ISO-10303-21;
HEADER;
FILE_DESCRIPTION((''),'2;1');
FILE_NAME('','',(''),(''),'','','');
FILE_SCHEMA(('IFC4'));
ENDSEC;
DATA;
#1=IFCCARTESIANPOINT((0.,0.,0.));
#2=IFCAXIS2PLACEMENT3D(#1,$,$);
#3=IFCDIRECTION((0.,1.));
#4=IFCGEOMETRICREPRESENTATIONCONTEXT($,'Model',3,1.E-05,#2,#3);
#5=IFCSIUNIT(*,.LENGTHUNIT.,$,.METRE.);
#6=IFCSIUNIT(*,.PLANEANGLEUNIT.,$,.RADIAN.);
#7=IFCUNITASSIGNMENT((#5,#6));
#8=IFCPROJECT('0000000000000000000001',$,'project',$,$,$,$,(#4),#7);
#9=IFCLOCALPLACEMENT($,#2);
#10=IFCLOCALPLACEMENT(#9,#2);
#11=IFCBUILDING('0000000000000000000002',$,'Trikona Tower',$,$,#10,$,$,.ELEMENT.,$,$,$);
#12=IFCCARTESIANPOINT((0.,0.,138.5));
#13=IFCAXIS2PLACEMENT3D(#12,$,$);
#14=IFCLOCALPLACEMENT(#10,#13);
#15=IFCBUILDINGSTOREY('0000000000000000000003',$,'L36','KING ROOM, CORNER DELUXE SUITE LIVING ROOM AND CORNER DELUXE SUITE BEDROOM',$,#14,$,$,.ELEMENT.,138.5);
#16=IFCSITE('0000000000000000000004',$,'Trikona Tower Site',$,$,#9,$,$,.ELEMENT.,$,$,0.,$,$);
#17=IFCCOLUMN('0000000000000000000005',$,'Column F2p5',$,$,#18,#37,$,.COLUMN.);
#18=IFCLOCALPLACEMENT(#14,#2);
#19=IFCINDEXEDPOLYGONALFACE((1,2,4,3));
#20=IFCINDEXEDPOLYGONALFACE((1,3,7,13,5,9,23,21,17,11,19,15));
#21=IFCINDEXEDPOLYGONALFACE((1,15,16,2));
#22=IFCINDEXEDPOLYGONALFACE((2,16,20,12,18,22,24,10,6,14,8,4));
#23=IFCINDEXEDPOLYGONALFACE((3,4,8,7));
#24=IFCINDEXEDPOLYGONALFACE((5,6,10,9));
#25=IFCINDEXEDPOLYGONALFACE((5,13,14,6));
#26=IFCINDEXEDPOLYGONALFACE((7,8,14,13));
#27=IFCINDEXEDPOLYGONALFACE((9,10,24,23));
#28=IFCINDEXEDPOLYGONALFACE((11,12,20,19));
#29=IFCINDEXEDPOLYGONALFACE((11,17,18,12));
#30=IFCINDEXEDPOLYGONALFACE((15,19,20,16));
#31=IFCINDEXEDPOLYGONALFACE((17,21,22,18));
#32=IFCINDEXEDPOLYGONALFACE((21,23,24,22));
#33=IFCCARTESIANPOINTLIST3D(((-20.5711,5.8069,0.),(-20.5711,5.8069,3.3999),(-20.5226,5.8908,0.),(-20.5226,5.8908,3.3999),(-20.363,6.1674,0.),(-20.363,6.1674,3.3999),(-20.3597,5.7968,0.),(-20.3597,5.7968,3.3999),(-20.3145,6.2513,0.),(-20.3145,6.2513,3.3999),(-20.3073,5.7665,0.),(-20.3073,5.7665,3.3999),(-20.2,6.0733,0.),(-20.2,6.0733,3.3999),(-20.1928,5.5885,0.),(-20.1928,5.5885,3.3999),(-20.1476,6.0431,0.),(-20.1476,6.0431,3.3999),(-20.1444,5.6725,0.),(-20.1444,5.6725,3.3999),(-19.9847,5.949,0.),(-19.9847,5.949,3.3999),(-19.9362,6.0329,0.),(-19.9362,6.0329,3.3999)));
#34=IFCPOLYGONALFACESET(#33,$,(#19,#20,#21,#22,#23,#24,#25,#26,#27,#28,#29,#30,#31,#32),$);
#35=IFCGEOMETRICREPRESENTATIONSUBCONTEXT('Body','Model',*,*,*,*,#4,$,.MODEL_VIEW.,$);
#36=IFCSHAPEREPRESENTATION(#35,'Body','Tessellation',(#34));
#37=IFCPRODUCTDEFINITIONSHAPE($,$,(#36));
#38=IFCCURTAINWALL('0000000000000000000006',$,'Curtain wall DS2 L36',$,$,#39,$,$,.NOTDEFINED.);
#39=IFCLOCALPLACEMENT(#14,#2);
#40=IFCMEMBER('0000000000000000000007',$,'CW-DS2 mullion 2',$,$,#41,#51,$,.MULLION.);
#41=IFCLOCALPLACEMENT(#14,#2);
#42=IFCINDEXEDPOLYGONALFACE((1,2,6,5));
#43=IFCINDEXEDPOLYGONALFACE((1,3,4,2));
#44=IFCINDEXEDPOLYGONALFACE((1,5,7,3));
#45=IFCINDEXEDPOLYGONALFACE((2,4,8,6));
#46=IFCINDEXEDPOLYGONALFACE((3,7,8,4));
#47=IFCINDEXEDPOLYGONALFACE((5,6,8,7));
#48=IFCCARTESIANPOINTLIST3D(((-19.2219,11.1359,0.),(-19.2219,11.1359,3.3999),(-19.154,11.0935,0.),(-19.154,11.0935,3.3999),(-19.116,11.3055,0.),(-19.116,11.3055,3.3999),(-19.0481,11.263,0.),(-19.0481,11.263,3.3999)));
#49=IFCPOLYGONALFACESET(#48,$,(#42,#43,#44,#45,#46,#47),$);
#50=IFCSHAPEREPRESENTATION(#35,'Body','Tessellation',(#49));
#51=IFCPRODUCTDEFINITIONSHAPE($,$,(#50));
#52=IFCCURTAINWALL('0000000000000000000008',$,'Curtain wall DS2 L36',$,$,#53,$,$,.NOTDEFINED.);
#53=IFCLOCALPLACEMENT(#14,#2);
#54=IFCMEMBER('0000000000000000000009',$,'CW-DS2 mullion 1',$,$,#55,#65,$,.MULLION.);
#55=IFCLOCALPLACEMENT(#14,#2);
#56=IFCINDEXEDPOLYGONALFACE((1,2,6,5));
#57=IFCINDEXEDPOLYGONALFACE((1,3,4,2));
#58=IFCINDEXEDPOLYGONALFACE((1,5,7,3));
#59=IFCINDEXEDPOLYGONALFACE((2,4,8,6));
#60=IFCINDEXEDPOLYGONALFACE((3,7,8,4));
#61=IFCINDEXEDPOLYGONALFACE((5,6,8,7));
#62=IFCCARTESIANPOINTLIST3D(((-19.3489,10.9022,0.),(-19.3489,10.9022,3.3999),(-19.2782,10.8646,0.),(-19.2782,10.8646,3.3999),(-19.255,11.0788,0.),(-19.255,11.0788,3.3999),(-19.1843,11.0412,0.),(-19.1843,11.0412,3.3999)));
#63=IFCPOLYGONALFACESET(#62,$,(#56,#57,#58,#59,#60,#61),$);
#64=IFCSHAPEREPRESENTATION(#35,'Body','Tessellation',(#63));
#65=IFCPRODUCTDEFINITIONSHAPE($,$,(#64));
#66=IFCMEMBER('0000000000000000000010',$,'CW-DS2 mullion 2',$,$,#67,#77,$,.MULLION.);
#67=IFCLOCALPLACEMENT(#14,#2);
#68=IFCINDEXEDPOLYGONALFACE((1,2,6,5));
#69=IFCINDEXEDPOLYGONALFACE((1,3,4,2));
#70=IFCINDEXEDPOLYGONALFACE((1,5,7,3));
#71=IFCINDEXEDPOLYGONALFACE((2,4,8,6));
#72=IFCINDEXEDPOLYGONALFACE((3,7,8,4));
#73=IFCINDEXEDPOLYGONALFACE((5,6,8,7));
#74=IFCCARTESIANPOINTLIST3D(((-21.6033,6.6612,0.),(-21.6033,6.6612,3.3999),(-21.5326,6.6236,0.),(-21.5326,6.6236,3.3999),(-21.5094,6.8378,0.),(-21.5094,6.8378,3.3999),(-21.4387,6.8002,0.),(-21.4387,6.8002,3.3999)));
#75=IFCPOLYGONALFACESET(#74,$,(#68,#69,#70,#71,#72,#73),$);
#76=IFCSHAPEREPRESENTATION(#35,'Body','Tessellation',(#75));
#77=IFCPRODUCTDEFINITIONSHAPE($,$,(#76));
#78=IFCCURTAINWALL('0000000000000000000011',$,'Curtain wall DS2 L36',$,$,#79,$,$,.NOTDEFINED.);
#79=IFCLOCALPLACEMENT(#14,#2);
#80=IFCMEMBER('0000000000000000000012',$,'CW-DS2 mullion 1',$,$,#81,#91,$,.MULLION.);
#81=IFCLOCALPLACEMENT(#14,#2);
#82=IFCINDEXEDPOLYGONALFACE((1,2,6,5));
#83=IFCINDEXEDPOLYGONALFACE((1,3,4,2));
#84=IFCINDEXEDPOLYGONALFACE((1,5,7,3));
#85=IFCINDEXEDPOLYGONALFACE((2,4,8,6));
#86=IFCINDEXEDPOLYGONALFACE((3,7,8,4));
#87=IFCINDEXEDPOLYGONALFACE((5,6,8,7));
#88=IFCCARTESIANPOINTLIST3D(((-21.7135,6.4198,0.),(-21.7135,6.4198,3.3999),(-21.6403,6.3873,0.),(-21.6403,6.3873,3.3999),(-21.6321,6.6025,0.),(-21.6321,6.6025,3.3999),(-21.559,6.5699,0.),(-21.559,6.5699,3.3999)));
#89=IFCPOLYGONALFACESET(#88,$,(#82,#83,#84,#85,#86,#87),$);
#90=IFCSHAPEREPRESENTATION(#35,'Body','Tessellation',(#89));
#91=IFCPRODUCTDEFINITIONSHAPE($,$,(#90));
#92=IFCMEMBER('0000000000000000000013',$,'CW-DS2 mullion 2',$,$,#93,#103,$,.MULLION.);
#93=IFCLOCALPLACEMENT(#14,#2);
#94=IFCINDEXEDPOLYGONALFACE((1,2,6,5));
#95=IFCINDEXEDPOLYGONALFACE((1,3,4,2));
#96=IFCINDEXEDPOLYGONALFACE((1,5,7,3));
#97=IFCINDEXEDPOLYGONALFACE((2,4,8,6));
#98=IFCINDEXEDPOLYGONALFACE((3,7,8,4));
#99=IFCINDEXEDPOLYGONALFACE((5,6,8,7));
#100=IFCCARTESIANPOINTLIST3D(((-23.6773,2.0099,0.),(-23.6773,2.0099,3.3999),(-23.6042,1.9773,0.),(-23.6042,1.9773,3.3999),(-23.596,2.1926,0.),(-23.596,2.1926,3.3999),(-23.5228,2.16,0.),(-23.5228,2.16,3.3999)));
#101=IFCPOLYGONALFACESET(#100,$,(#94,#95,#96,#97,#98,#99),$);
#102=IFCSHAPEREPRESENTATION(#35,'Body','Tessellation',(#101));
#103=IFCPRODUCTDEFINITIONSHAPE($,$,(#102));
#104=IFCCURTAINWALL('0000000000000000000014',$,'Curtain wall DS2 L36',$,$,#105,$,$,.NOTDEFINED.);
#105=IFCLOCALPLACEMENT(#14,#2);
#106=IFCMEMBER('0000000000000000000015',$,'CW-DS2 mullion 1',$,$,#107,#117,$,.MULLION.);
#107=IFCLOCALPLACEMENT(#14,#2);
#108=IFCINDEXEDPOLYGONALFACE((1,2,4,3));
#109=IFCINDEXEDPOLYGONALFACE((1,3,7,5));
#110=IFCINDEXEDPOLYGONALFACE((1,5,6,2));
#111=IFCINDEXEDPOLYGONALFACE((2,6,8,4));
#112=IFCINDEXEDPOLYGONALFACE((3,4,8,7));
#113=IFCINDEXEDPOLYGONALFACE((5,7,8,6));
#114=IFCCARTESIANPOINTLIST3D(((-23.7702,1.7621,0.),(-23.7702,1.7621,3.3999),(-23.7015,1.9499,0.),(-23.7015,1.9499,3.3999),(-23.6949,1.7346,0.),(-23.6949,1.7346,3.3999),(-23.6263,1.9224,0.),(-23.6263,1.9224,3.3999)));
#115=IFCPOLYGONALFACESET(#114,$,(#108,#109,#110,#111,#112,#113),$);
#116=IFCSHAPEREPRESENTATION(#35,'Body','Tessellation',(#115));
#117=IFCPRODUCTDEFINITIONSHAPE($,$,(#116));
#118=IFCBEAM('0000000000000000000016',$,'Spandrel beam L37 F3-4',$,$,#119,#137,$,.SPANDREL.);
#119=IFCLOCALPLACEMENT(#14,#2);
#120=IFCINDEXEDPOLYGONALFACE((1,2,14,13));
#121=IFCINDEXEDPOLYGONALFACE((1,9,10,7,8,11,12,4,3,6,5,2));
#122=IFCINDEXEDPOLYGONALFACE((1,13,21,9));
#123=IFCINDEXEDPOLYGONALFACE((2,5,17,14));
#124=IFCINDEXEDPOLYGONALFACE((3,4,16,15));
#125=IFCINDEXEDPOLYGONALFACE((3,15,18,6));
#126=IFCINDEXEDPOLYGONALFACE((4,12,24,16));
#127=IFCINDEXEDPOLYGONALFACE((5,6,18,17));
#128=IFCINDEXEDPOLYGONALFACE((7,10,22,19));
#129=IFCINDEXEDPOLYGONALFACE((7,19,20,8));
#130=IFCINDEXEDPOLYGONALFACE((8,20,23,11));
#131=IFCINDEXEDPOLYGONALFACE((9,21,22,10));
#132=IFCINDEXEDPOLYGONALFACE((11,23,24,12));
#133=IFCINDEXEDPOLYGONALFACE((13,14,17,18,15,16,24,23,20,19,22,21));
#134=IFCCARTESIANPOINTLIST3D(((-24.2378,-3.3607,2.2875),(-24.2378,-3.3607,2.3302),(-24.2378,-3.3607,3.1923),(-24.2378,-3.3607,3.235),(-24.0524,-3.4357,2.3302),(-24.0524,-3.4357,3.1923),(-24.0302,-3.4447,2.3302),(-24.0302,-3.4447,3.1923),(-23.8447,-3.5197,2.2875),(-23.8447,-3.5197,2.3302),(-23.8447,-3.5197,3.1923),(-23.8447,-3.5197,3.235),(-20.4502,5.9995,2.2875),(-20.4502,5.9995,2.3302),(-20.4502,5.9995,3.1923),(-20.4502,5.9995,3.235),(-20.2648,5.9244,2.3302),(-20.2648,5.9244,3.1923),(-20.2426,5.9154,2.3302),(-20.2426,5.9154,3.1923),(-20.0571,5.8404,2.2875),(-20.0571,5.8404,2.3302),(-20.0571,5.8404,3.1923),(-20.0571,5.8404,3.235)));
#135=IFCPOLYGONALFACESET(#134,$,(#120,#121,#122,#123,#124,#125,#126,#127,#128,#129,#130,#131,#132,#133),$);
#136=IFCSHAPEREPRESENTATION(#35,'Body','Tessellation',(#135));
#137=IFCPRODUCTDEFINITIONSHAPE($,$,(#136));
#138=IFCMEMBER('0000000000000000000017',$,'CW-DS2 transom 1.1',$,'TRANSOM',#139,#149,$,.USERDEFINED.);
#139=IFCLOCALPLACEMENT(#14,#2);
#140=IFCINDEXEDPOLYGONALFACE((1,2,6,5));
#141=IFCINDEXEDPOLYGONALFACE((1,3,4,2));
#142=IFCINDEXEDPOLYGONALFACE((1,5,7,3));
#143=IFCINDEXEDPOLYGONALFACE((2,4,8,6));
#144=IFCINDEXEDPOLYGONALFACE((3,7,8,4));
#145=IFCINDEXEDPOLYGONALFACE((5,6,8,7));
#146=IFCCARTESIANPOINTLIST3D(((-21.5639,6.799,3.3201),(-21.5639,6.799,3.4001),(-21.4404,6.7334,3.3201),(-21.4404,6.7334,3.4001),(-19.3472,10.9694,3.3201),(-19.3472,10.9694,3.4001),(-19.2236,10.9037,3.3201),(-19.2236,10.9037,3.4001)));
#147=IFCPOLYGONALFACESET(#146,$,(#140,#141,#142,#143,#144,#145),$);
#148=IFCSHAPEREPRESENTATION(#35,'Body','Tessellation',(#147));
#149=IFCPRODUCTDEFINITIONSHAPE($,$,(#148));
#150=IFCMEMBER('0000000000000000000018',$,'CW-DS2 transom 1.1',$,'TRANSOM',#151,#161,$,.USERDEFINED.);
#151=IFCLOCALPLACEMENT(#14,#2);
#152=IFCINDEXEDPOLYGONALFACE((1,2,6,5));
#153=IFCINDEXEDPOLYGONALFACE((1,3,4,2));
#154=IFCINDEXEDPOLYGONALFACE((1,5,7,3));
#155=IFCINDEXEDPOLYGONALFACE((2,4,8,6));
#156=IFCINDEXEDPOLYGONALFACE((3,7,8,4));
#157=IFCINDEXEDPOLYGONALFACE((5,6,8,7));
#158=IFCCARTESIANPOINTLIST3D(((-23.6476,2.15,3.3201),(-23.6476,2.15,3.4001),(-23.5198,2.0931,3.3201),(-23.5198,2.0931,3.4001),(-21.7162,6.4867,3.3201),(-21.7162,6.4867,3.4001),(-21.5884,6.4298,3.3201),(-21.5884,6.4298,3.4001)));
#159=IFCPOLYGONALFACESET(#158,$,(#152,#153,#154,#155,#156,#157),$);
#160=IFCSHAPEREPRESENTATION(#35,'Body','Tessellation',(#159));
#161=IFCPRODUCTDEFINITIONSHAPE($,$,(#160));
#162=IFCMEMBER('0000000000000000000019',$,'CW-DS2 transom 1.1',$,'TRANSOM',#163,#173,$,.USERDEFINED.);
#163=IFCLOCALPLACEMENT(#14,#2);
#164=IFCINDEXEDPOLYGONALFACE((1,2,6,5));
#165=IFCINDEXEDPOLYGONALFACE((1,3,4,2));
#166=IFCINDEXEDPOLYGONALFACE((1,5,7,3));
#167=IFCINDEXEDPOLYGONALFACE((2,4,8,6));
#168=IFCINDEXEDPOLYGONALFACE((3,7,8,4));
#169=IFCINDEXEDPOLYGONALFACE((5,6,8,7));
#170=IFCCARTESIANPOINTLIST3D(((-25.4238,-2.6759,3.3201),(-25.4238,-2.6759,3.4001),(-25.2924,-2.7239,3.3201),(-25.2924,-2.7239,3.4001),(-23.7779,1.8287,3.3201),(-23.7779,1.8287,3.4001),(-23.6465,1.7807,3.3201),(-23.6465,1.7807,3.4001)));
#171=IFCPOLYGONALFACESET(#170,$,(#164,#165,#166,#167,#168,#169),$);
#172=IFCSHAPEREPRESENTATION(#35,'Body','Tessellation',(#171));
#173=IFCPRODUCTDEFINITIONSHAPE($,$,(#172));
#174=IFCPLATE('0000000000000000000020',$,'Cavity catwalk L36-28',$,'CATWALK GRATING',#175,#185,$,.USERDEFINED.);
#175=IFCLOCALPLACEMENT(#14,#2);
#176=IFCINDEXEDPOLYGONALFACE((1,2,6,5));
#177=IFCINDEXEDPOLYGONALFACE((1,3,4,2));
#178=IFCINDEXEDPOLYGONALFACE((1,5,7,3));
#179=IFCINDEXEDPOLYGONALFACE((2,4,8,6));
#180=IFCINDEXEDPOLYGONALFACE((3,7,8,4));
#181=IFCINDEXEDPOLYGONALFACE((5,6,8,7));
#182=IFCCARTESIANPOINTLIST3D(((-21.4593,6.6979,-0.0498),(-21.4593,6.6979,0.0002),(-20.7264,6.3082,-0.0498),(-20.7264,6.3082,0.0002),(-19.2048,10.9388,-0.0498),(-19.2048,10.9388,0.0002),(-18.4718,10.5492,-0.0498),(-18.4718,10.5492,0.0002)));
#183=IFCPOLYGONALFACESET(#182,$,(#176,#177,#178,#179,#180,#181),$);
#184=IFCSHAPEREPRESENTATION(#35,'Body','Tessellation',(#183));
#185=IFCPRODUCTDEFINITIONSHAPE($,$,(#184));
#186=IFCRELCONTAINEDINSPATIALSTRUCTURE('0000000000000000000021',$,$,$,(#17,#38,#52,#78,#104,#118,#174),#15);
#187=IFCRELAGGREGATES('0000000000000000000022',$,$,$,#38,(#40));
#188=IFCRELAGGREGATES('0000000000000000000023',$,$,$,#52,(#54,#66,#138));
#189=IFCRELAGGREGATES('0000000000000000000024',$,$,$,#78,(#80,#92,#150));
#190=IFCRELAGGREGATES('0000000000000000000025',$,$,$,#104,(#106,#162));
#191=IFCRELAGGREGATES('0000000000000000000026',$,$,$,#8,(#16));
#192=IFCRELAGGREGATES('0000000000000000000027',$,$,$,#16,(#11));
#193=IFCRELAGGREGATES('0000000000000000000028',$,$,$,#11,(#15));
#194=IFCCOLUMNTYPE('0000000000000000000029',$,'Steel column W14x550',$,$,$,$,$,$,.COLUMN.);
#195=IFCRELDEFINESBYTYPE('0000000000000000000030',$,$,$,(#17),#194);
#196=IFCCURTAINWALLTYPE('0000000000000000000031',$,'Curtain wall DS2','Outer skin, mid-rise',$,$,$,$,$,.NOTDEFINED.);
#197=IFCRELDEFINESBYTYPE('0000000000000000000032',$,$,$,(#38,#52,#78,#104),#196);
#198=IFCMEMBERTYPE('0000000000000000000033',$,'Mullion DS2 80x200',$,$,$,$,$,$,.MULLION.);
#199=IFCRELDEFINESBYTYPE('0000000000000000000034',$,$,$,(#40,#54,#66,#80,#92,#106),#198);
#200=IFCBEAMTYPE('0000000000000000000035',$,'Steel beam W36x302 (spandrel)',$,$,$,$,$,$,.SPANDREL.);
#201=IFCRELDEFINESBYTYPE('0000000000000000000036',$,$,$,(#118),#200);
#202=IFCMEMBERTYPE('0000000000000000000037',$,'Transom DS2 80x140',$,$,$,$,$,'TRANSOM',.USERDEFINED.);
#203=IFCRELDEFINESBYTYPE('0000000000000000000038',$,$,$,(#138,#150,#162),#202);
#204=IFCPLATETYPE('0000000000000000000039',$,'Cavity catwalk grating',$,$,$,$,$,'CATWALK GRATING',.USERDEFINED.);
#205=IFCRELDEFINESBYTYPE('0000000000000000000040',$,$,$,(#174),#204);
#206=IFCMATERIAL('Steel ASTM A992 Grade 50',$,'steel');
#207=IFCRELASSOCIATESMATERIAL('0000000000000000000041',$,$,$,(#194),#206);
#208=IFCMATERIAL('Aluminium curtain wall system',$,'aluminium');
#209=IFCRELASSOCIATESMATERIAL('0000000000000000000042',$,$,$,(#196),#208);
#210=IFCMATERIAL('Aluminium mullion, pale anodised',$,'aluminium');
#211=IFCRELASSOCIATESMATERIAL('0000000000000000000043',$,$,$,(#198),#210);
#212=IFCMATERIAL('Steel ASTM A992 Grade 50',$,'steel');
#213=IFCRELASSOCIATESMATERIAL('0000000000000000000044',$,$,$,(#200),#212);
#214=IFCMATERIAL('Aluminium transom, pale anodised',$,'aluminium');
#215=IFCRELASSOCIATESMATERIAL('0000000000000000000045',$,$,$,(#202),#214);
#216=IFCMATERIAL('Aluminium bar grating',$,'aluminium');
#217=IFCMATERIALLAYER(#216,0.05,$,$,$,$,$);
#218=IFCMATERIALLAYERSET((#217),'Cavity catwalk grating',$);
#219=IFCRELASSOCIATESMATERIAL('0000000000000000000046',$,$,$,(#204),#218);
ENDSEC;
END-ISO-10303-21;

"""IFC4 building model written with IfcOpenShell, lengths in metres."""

from ifc_helpers import new_model, si_unit, direction, frame, origin, origin_2d, place, context, subcontext, project, spatial, rectangle, i_section, extrude, material, layer, layer_set, material_profile, profile_set, type_object, element, aggregate, save


model = new_model("IFC4")

# Units and contexts
model_context = context("Model", 3, precision=1e-05, world=origin(), true_north=direction((0.0, 1.0)))
body_context = subcontext(model_context, "Body", "Model", "MODEL_VIEW")
ifc_project = project(units=[si_unit("LENGTHUNIT", "METRE"), si_unit("PLANEANGLEUNIT", "RADIAN")], contexts=[model_context])

# Site, building, storey
site_placement = place(None, origin())
site = spatial("IfcSite", under=ifc_project, at=site_placement, Name="Trikona Tower Site", CompositionType="ELEMENT", RefElevation=0.0)
building_placement = place(site_placement, origin())
building = spatial("IfcBuilding", under=site, at=building_placement, Name="Trikona Tower", CompositionType="ELEMENT")
storey_placement = place(building_placement, frame((0.0, 0.0, 138.5)))
storey = spatial("IfcBuildingStorey", under=building, at=storey_placement, Name="L36", Description="KING ROOM, CORNER DELUXE SUITE LIVING ROOM AND CORNER DELUXE SUITE BEDROOM", CompositionType="ELEMENT", Elevation=138.5)

# Column
ifc_material_1 = material(Name="Steel ASTM A992 Grade 50", Category="steel")
ifc_material_profile_1 = material_profile(ifc_material_1, i_section(OverallWidth=0.4368, OverallDepth=0.5132, WebThickness=0.0605, FlangeThickness=0.0969, at=origin_2d()), Name="W14X550")
ifc_profile_set_1 = profile_set([ifc_material_profile_1], Name="Steel ASTM A992 Grade 50")
column_type = type_object("IfcColumnType", Name="Steel column W14x550", PredefinedType="COLUMN", material=ifc_profile_set_1)
column_placement = place(storey_placement, frame((-20.2537, 5.9199, 0.0), z_axis=(0.0, 0.0, 1.0), x_axis=(-0.866025, 0.5, 0.0)))
element("IfcColumn", 1, at=column_placement, inside=storey, type_object=column_type, Name="Column F2p5", PredefinedType="COLUMN", context=body_context, shape_type="SweptSolid", body=[
    extrude(i_section(OverallWidth=0.4368, OverallDepth=0.5132, WebThickness=0.0605, FlangeThickness=0.0969, at=origin_2d()), origin(), (0.0, 0.0, 1.0), 3.3999),
])

# Curtain wall, member
ifc_material_2 = material(Name="Aluminium curtain wall system", Category="aluminium")
curtain_wall_type = type_object("IfcCurtainWallType", Name="Curtain wall DS2", Description="Outer skin, mid-rise", PredefinedType="NOTDEFINED", material=ifc_material_2)
curtain_wall_1_placement = place(storey_placement, origin())
curtain_wall_1 = element("IfcCurtainWall", 2, at=curtain_wall_1_placement, inside=storey, type_object=curtain_wall_type, Name="Curtain wall DS2 L36", PredefinedType="NOTDEFINED")
ifc_material_3 = material(Name="Aluminium mullion, pale anodised", Category="aluminium")
ifc_material_profile_2 = material_profile(ifc_material_3, rectangle(XDim=0.0801, YDim=0.2, at=origin_2d()), Name="MUL-DS2")
ifc_profile_set_2 = profile_set([ifc_material_profile_2], Name="Aluminium mullion, pale anodised")
member_type_1 = type_object("IfcMemberType", Name="Mullion DS2 80x200", PredefinedType="MULLION", material=ifc_profile_set_2)
member_1_placement = place(storey_placement, frame((-19.135, 11.1995, 0.0), z_axis=(0.0, 0.0, 1.0), x_axis=(0.847998, -0.529999, 0.0)))
member_1 = element("IfcMember", 3, at=member_1_placement, type_object=member_type_1, Name="CW-DS2 mullion 2", PredefinedType="MULLION", context=body_context, shape_type="SweptSolid", body=[
    extrude(rectangle(XDim=0.0801, YDim=0.2, at=origin_2d()), origin(), (0.0, 0.0, 1.0), 3.3999),
])
aggregate(curtain_wall_1, [member_1])

# Curtain walls, members
curtain_wall_2_placement = place(storey_placement, origin())
curtain_wall_2 = element("IfcCurtainWall", 4, at=curtain_wall_2_placement, inside=storey, type_object=curtain_wall_type, Name="Curtain wall DS2 L36", PredefinedType="NOTDEFINED")
member_2_placement = place(storey_placement, frame((-19.2666, 10.9717, 0.0), z_axis=(0.0, 0.0, 1.0), x_axis=(0.882996, -0.46938, 0.0)))
member_2 = element("IfcMember", 5, at=member_2_placement, type_object=member_type_1, Name="CW-DS2 mullion 1", PredefinedType="MULLION", context=body_context, shape_type="SweptSolid", body=[
    extrude(rectangle(XDim=0.0801, YDim=0.2, at=origin_2d()), origin(), (0.0, 0.0, 1.0), 3.3999),
])
member_3_placement = place(storey_placement, frame((-21.521, 6.7307, 0.0), z_axis=(0.0, 0.0, 1.0), x_axis=(0.882996, -0.46938, 0.0)))
member_3 = element("IfcMember", 6, at=member_3_placement, type_object=member_type_1, Name="CW-DS2 mullion 2", PredefinedType="MULLION", context=body_context, shape_type="SweptSolid", body=[
    extrude(rectangle(XDim=0.0801, YDim=0.2, at=origin_2d()), origin(), (0.0, 0.0, 1.0), 3.3999),
])
curtain_wall_3_placement = place(storey_placement, origin())
curtain_wall_3 = element("IfcCurtainWall", 7, at=curtain_wall_3_placement, inside=storey, type_object=curtain_wall_type, Name="Curtain wall DS2 L36", PredefinedType="NOTDEFINED")
member_4_placement = place(storey_placement, frame((-21.6362, 6.4949, 0.0), z_axis=(0.0, 0.0, 1.0), x_axis=(0.913501, -0.406836, 0.0)))
member_4 = element("IfcMember", 8, at=member_4_placement, type_object=member_type_1, Name="CW-DS2 mullion 1", PredefinedType="MULLION", context=body_context, shape_type="SweptSolid", body=[
    extrude(rectangle(XDim=0.0801, YDim=0.2, at=origin_2d()), origin(), (0.0, 0.0, 1.0), 3.3999),
])
member_5_placement = place(storey_placement, frame((-23.6001, 2.085, 0.0), z_axis=(0.0, 0.0, 1.0), x_axis=(0.913501, -0.406836, 0.0)))
member_5 = element("IfcMember", 9, at=member_5_placement, type_object=member_type_1, Name="CW-DS2 mullion 2", PredefinedType="MULLION", context=body_context, shape_type="SweptSolid", body=[
    extrude(rectangle(XDim=0.0801, YDim=0.2, at=origin_2d()), origin(), (0.0, 0.0, 1.0), 3.3999),
])

# Curtain wall, member
curtain_wall_4_placement = place(storey_placement, origin())
curtain_wall_4 = element("IfcCurtainWall", 10, at=curtain_wall_4_placement, inside=storey, type_object=curtain_wall_type, Name="Curtain wall DS2 L36", PredefinedType="NOTDEFINED")
member_6_placement = place(storey_placement, frame((-23.6982, 1.8423, 0.0), z_axis=(0.0, 0.0, 1.0), x_axis=(0.939254, -0.343223, 0.0)))
member_6 = element("IfcMember", 11, at=member_6_placement, type_object=member_type_1, Name="CW-DS2 mullion 1", PredefinedType="MULLION", context=body_context, shape_type="SweptSolid", body=[
    extrude(rectangle(XDim=0.0801, YDim=0.2, at=origin_2d()), origin(), (0.0, 0.0, 1.0), 3.3999),
])

# Beam
ifc_material_4 = material(Name="Steel ASTM A992 Grade 50", Category="steel")
ifc_material_profile_3 = material_profile(ifc_material_4, i_section(OverallWidth=0.4241, OverallDepth=0.9475, WebThickness=0.0239, FlangeThickness=0.0427, at=origin_2d()), Name="W36X302")
ifc_profile_set_3 = profile_set([ifc_material_profile_3], Name="Steel ASTM A992 Grade 50")
beam_type = type_object("IfcBeamType", Name="Steel beam W36x302 (spandrel)", PredefinedType="SPANDREL", material=ifc_profile_set_3)
beam_placement = place(storey_placement, frame((-20.2537, 5.9199, 2.7612), z_axis=(-0.375106, -0.926982, 0.0), x_axis=(0.926982, -0.375106, 0.0)))
element("IfcBeam", 12, at=beam_placement, inside=storey, type_object=beam_type, Name="Spandrel beam L37 F3-4", PredefinedType="SPANDREL", context=body_context, shape_type="SweptSolid", body=[
    extrude(i_section(OverallWidth=0.4241, OverallDepth=0.9475, WebThickness=0.0239, FlangeThickness=0.0427, at=origin_2d()), origin(), (0.0, 0.0, 1.0), 10.0974),
])

# Members
ifc_material_5 = material(Name="Aluminium transom, pale anodised", Category="aluminium")
ifc_material_profile_4 = material_profile(ifc_material_5, rectangle(XDim=0.1399, YDim=0.0801, at=origin_2d()), Name="TRN-DS2")
ifc_profile_set_4 = profile_set([ifc_material_profile_4], Name="Aluminium transom, pale anodised")
member_type_2 = type_object("IfcMemberType", Name="Transom DS2 80x140", ElementType="TRANSOM", PredefinedType="USERDEFINED", material=ifc_profile_set_4)
member_7_placement = place(storey_placement, frame((-19.2854, 10.9365, 3.3601), z_axis=(-0.469364, -0.883005, 0.0), x_axis=(0.883005, -0.469364, 0.0)))
member_7 = element("IfcMember", 13, at=member_7_placement, type_object=member_type_2, Name="CW-DS2 transom 1.1", ObjectType="TRANSOM", PredefinedType="USERDEFINED", context=body_context, shape_type="SweptSolid", body=[
    extrude(rectangle(XDim=0.1399, YDim=0.0801, at=origin_2d()), origin(), (0.0, 0.0, 1.0), 4.7229),
])
member_8_placement = place(storey_placement, frame((-21.6523, 6.4583, 3.3601), z_axis=(-0.40684, -0.9135, 0.0), x_axis=(0.9135, -0.40684, 0.0)))
member_8 = element("IfcMember", 14, at=member_8_placement, type_object=member_type_2, Name="CW-DS2 transom 1.1", ObjectType="TRANSOM", PredefinedType="USERDEFINED", context=body_context, shape_type="SweptSolid", body=[
    extrude(rectangle(XDim=0.1399, YDim=0.0801, at=origin_2d()), origin(), (0.0, 0.0, 1.0), 4.7473),
])
member_9_placement = place(storey_placement, frame((-23.7122, 1.8047, 3.3601), z_axis=(-0.343206, -0.93926, 0.0), x_axis=(0.93926, -0.343206, 0.0)))
member_9 = element("IfcMember", 15, at=member_9_placement, type_object=member_type_2, Name="CW-DS2 transom 1.1", ObjectType="TRANSOM", PredefinedType="USERDEFINED", context=body_context, shape_type="SweptSolid", body=[
    extrude(rectangle(XDim=0.1399, YDim=0.0801, at=origin_2d()), origin(), (0.0, 0.0, 1.0), 4.7959),
])

# Plate
ifc_material_6 = material(Name="Aluminium bar grating", Category="aluminium")
ifc_layer_1 = layer(ifc_material_6, 0.05)
ifc_layer_set_1 = layer_set([ifc_layer_1], Name="Cavity catwalk grating")
plate_type_1 = type_object("IfcPlateType", Name="Cavity catwalk grating", ElementType="CATWALK GRATING", PredefinedType="USERDEFINED", material=ifc_layer_set_1)
plate_1_placement = place(storey_placement, frame((-19.9656, 8.6235, -0.0498), z_axis=(0.0, 0.0, 1.0), x_axis=(-0.469398, -0.882987, 0.0)))
element("IfcPlate", 16, at=plate_1_placement, inside=storey, type_object=plate_type_1, Name="Cavity catwalk L36-28", ObjectType="CATWALK GRATING", PredefinedType="USERDEFINED", context=body_context, shape_type="SweptSolid", body=[
    extrude(rectangle(XDim=4.803, YDim=0.8301, at=origin_2d()), origin(), (0.0, 0.0, 1.0), 0.05),
])

aggregate(curtain_wall_2, [member_2, member_3, member_7])
aggregate(curtain_wall_3, [member_4, member_5, member_8])
aggregate(curtain_wall_4, [member_6, member_9])

save(model, "model.ifc")
